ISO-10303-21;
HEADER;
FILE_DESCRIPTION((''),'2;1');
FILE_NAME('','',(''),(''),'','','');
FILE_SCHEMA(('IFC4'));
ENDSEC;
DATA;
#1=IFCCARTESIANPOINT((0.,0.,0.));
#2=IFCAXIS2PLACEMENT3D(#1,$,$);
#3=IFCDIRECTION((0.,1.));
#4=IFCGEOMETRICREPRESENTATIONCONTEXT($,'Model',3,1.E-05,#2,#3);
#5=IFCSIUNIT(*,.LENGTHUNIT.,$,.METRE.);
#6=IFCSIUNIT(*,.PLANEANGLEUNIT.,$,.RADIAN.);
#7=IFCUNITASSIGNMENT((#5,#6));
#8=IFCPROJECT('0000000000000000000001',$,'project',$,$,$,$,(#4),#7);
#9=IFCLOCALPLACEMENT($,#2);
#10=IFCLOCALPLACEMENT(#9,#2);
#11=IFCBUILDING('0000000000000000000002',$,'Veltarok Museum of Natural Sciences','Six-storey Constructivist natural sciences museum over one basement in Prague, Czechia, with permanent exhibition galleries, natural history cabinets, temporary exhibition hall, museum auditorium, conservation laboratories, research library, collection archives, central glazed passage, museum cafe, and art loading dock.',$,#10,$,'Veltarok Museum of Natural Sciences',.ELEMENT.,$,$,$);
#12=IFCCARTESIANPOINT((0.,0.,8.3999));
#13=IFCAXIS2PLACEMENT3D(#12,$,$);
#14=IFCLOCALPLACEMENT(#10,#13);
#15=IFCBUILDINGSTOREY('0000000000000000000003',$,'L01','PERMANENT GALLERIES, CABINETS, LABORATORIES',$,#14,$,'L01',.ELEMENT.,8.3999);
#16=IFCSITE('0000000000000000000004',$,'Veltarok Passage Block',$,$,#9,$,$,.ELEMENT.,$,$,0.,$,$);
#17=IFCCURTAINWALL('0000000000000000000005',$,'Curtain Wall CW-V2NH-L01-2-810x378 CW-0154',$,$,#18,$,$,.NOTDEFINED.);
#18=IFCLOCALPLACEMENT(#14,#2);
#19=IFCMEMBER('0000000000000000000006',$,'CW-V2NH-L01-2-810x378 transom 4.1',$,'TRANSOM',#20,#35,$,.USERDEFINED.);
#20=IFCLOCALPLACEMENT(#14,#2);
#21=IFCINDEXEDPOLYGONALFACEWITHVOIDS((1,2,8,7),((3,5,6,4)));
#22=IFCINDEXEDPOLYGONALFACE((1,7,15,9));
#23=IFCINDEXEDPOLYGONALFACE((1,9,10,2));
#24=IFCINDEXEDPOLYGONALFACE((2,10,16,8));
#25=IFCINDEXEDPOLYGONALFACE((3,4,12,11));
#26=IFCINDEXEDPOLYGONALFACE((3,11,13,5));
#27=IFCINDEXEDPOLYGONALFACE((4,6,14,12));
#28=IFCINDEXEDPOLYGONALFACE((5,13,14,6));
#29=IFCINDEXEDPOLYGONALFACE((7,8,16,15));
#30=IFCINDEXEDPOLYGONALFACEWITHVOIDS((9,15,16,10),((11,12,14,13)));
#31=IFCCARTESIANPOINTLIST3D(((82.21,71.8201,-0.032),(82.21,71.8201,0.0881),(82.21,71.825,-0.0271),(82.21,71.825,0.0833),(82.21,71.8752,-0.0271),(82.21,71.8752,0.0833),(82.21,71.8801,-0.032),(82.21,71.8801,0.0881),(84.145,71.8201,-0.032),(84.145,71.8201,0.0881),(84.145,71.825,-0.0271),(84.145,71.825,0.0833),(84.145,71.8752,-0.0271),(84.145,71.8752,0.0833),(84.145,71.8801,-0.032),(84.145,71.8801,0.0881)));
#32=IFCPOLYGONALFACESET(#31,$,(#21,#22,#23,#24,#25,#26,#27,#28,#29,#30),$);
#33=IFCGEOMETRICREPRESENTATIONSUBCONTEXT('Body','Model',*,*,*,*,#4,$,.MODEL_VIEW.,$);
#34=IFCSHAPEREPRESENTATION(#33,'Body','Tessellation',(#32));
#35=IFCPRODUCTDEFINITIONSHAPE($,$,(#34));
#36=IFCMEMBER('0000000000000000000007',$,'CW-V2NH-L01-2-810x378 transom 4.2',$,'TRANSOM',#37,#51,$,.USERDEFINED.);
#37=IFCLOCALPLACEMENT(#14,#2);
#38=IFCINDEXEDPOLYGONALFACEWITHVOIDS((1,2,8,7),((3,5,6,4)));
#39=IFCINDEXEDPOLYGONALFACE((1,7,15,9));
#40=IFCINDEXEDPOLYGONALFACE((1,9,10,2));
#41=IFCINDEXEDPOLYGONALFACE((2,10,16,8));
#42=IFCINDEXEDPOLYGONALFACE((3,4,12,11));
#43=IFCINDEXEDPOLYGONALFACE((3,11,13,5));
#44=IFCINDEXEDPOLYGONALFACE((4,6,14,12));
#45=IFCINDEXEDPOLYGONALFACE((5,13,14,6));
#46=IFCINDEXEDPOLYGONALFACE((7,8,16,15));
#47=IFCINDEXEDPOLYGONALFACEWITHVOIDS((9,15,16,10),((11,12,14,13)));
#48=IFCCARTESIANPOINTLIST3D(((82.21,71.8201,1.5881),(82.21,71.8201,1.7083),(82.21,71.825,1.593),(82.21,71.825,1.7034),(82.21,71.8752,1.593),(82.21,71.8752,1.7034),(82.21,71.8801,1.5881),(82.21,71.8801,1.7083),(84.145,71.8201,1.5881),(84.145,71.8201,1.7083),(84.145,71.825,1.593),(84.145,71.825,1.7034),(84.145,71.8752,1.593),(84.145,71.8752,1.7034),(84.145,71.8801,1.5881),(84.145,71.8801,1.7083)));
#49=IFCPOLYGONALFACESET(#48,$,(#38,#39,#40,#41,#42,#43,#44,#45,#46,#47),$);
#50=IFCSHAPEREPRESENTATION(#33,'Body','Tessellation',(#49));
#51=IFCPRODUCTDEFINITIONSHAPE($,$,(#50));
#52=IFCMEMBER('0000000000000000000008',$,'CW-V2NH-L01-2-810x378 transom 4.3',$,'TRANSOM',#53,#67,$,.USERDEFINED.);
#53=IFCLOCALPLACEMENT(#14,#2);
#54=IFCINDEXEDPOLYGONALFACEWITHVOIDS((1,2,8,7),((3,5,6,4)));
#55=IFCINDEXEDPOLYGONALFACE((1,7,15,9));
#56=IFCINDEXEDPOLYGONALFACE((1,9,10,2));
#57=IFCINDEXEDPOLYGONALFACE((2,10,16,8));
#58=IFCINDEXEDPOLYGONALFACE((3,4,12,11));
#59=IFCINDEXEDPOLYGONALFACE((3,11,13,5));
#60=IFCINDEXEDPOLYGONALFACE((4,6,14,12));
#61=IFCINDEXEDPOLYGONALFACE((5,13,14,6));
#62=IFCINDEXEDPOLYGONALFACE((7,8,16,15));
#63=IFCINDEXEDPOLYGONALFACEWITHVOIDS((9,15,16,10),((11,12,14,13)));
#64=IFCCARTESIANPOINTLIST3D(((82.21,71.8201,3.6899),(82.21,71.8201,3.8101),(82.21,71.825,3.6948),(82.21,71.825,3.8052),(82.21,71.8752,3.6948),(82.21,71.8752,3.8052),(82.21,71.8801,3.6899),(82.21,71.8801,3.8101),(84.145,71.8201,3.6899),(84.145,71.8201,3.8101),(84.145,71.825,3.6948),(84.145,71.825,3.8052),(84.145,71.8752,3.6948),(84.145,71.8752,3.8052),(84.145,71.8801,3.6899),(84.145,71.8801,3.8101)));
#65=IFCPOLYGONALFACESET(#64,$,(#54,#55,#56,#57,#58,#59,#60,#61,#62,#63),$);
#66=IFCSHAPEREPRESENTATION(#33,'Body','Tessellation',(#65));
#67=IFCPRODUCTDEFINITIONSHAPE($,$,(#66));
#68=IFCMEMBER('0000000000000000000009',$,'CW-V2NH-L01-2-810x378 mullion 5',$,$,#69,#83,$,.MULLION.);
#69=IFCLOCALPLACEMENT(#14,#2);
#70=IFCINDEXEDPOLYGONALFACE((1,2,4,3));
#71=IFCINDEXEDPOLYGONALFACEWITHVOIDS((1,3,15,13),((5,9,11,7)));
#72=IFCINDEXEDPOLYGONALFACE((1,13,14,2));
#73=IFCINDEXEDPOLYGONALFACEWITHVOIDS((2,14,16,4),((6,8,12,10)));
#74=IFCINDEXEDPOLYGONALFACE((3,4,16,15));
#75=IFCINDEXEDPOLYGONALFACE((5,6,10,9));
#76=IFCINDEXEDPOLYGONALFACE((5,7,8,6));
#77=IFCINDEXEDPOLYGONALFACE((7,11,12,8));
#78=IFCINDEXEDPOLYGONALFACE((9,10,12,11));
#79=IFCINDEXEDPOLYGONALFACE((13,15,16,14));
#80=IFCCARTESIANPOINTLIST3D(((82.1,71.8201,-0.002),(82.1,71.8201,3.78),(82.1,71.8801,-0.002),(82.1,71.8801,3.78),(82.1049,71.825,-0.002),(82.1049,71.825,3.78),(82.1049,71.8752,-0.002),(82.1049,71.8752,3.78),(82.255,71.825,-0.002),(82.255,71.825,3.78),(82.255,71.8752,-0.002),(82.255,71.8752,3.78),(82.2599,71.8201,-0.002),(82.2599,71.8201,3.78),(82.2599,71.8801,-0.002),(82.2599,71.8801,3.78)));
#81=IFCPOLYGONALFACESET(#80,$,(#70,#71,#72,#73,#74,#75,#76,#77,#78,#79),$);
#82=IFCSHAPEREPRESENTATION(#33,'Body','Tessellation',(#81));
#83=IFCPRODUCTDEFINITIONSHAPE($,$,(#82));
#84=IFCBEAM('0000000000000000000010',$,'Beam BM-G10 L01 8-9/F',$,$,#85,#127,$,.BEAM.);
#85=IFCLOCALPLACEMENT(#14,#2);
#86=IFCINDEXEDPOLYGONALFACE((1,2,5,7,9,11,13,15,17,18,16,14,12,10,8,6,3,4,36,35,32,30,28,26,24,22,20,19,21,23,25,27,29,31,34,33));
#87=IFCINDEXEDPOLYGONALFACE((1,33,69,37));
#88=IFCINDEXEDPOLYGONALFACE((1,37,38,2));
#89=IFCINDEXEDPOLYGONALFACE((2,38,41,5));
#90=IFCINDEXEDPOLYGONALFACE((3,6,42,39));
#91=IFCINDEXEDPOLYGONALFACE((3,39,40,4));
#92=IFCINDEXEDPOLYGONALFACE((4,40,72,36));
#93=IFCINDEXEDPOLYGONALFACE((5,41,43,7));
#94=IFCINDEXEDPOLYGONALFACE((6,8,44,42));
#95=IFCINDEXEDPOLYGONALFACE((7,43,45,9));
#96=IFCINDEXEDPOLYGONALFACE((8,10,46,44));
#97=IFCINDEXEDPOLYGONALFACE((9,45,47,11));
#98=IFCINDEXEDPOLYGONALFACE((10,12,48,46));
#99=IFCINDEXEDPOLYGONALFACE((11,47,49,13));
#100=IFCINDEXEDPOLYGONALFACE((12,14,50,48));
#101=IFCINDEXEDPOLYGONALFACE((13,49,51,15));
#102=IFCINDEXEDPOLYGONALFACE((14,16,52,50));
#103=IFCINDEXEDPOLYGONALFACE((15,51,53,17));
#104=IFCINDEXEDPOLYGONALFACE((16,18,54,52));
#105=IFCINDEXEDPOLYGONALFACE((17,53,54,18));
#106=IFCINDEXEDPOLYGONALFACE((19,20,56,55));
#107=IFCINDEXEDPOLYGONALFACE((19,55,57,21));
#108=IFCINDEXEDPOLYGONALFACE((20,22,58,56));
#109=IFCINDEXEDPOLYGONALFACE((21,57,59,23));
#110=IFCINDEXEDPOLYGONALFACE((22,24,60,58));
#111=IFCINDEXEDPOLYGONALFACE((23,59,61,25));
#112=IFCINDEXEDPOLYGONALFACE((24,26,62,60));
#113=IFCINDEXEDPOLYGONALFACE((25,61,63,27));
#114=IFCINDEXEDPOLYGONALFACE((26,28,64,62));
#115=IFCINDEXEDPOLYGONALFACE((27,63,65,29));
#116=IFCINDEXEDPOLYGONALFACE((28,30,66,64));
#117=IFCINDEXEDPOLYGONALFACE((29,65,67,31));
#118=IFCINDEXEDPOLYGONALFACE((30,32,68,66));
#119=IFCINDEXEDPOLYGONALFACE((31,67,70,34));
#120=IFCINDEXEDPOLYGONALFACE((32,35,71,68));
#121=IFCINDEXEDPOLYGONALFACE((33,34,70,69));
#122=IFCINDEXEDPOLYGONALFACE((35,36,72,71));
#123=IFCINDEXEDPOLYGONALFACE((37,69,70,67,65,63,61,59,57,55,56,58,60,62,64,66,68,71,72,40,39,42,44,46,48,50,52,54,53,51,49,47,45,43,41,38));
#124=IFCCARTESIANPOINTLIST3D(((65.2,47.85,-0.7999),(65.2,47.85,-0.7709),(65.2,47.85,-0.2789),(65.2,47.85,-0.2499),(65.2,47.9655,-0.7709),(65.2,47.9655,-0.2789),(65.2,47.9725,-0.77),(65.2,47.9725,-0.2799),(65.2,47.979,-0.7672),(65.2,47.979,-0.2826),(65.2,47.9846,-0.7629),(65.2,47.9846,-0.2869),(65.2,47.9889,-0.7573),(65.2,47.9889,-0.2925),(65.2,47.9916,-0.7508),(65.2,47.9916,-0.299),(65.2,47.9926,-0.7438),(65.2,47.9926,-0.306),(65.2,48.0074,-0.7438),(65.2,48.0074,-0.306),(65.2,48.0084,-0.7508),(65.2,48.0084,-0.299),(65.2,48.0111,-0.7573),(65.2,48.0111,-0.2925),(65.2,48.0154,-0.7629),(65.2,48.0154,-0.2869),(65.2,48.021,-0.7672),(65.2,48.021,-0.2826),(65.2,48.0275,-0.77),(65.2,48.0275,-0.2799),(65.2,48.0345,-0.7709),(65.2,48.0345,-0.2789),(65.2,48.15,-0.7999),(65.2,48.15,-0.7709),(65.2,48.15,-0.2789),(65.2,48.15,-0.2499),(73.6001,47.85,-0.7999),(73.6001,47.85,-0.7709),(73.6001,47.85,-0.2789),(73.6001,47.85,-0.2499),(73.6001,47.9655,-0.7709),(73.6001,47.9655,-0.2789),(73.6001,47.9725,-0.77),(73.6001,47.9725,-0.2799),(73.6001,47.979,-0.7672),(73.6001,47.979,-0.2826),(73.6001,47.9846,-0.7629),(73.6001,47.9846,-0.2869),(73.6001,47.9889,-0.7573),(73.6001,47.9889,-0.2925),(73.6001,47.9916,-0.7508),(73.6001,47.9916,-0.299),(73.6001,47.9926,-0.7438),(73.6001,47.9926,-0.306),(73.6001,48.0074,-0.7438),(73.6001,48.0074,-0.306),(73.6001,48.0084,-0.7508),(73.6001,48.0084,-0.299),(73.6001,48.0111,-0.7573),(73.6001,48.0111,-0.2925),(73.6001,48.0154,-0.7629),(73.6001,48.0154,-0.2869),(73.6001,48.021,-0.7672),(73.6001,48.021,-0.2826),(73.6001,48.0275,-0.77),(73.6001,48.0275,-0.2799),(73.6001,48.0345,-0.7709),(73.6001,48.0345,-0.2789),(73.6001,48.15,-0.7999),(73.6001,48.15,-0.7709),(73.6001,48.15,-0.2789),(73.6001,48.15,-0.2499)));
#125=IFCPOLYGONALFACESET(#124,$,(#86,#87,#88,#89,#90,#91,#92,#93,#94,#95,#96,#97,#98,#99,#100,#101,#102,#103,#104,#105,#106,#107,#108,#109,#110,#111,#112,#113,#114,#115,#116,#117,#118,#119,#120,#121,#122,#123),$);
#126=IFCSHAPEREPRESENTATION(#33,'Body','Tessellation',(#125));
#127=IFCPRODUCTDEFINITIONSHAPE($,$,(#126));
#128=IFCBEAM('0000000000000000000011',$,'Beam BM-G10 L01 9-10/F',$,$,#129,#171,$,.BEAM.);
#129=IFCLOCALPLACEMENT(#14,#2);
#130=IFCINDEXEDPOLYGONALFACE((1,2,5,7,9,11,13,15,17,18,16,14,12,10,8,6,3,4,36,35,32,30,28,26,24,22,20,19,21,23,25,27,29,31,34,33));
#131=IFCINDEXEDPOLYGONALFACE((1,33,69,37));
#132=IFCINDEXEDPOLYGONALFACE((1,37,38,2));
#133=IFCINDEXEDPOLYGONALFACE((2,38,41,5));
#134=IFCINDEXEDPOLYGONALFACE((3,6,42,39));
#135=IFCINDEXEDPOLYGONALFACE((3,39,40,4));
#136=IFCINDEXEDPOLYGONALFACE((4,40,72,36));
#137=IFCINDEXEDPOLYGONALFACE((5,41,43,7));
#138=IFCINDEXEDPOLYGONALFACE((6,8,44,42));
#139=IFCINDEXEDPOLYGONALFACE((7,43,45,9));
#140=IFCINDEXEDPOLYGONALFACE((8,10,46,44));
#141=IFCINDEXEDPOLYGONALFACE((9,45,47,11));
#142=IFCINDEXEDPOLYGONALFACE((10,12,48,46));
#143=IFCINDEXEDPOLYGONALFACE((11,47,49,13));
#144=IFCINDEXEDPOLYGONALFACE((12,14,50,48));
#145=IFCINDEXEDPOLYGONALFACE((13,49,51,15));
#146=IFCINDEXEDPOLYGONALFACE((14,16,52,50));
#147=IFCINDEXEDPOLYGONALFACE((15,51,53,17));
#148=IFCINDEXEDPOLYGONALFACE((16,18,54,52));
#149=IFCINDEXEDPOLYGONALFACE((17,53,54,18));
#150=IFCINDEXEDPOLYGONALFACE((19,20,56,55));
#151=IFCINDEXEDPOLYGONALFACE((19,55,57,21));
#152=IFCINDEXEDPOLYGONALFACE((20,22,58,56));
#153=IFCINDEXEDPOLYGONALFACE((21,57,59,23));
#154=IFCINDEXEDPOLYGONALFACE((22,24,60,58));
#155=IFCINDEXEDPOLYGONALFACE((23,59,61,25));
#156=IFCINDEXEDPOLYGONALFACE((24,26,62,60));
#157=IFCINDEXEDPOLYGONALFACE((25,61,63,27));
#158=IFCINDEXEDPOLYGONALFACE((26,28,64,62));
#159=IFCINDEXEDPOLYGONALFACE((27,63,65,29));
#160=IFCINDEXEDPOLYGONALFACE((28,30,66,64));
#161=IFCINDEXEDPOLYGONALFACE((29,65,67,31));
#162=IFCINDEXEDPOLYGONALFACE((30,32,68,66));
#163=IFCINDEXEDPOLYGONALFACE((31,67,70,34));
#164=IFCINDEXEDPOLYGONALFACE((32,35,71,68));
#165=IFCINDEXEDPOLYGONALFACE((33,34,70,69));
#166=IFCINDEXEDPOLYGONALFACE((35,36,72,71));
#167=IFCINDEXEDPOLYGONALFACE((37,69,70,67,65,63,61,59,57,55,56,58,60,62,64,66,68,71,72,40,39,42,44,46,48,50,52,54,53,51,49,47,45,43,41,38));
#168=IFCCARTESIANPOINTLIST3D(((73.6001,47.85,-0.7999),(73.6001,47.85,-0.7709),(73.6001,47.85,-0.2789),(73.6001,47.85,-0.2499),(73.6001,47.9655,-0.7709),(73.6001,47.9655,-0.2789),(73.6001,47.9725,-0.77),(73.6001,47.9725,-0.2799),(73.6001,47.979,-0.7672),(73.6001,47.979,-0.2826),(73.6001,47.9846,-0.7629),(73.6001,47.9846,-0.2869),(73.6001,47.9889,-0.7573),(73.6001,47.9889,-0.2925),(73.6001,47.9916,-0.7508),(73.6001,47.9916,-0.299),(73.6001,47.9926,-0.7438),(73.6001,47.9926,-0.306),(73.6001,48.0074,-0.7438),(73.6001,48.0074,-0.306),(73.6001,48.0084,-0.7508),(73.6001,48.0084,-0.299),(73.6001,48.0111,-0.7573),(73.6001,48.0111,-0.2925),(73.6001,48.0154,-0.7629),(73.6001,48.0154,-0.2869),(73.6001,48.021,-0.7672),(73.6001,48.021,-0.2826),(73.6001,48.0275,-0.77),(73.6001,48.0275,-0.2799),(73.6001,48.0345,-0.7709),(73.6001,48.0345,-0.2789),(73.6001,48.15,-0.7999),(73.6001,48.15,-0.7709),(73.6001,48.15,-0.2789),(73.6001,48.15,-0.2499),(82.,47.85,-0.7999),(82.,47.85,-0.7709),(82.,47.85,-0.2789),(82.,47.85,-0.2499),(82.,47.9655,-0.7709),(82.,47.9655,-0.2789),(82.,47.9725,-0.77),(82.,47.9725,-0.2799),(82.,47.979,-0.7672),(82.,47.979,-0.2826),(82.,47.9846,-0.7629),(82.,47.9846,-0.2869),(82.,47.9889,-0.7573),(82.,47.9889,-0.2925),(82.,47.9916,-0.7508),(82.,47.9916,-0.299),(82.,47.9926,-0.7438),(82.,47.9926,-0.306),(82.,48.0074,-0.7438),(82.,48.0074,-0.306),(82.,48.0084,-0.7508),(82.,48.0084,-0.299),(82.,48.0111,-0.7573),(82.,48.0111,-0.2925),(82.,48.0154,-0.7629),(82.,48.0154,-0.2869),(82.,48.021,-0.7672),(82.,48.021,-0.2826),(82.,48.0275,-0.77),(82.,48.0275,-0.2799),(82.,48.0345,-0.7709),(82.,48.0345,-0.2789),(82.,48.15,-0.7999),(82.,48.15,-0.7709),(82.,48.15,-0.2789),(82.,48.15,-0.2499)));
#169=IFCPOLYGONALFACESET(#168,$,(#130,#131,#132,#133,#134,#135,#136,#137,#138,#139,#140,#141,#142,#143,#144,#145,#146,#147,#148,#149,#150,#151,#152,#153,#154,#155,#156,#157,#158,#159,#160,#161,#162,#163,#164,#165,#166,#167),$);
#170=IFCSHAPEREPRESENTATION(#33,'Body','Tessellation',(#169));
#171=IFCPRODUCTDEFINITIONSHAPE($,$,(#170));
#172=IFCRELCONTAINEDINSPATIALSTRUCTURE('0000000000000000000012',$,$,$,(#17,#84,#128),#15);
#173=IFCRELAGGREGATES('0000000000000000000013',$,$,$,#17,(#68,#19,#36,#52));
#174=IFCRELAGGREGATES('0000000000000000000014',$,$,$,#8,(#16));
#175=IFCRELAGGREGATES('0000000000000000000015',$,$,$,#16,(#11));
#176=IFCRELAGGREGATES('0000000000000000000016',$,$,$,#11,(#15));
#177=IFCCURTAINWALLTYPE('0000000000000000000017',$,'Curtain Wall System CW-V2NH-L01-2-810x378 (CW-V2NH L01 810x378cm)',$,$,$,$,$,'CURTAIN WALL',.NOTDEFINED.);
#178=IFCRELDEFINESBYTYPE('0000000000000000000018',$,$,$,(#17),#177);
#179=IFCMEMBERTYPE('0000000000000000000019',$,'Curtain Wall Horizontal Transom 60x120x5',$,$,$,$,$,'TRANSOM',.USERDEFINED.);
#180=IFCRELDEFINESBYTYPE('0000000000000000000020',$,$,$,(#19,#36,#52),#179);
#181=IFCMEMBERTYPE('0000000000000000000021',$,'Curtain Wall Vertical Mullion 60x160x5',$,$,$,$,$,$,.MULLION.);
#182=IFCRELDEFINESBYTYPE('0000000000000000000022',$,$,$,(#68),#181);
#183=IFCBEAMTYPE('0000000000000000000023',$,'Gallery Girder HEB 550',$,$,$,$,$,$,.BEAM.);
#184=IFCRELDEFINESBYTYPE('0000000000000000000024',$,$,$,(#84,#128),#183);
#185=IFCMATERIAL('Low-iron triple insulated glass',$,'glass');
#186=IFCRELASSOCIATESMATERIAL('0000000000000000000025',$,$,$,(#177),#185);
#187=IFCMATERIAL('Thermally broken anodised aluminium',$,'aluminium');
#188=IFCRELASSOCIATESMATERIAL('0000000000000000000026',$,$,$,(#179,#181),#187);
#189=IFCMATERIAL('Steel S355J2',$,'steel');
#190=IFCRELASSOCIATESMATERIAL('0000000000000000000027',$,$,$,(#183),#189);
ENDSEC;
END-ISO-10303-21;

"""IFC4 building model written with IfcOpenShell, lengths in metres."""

from ifc_helpers import new_model, si_unit, direction, frame, origin, origin_2d, place, context, subcontext, project, spatial, hollow_rectangle, i_section, extrude, material, material_profile, profile_set, type_object, element, aggregate, save


model = new_model("IFC4")

# Units and contexts
model_context = context("Model", 3, precision=1e-05, world=origin(), true_north=direction((0.0, 1.0)))
body_context = subcontext(model_context, "Body", "Model", "MODEL_VIEW")
ifc_project = project(units=[si_unit("LENGTHUNIT", "METRE"), si_unit("PLANEANGLEUNIT", "RADIAN")], contexts=[model_context])

# Site, building, storey
site_placement = place(None, origin())
site = spatial("IfcSite", under=ifc_project, at=site_placement, Name="Veltarok Passage Block", CompositionType="ELEMENT", RefElevation=0.0)
building_placement = place(site_placement, origin())
building = spatial("IfcBuilding", under=site, at=building_placement, Name="Veltarok Museum of Natural Sciences", Description="Six-storey Constructivist natural sciences museum over one basement in Prague, Czechia, with permanent exhibition galleries, natural history cabinets, temporary exhibition hall, museum auditorium, conservation laboratories, research library, collection archives, central glazed passage, museum cafe, and art loading dock.", LongName="Veltarok Museum of Natural Sciences", CompositionType="ELEMENT")
storey_placement = place(building_placement, frame((0.0, 0.0, 8.3999)))
storey = spatial("IfcBuildingStorey", under=building, at=storey_placement, Name="L01", Description="PERMANENT GALLERIES, CABINETS, LABORATORIES", LongName="L01", CompositionType="ELEMENT", Elevation=8.3999)

# Shared definitions
ifc_material_1 = material(Name="Steel S355J2", Category="steel")

# Curtain wall, members
ifc_material_2 = material(Name="Low-iron triple insulated glass", Category="glass")
curtain_wall_type = type_object("IfcCurtainWallType", Name="Curtain Wall System CW-V2NH-L01-2-810x378 (CW-V2NH L01 810x378cm)", ElementType="CURTAIN WALL", PredefinedType="NOTDEFINED", material=ifc_material_2)
curtain_wall_placement = place(storey_placement, origin())
curtain_wall = element("IfcCurtainWall", 1, at=curtain_wall_placement, inside=storey, type_object=curtain_wall_type, Name="Curtain Wall CW-V2NH-L01-2-810x378 CW-0154", PredefinedType="NOTDEFINED")
ifc_material_3 = material(Name="Thermally broken anodised aluminium", Category="aluminium")
ifc_material_profile_1 = material_profile(ifc_material_3, hollow_rectangle(XDim=0.0601, YDim=0.1201, WallThickness=0.0049, at=origin_2d()), Name="CW TRANSOM 60x120x5")
ifc_profile_set_1 = profile_set([ifc_material_profile_1], Name="Thermally broken anodised aluminium")
member_type_1 = type_object("IfcMemberType", Name="Curtain Wall Horizontal Transom 60x120x5", ElementType="TRANSOM", PredefinedType="USERDEFINED", material=ifc_profile_set_1)
member_1_placement = place(storey_placement, frame((84.145, 71.8501, 0.0281), z_axis=(-1.0, 0.0, 0.0), x_axis=(0.0, -1.0, 0.0)))
member_1 = element("IfcMember", 2, at=member_1_placement, type_object=member_type_1, Name="CW-V2NH-L01-2-810x378 transom 4.1", ObjectType="TRANSOM", PredefinedType="USERDEFINED", context=body_context, shape_type="SweptSolid", body=[
    extrude(hollow_rectangle(XDim=0.0601, YDim=0.1201, WallThickness=0.0049, at=origin_2d()), origin(), (0.0, 0.0, 1.0), 1.9351),
])
member_2_placement = place(storey_placement, frame((84.145, 71.8501, 1.6482), z_axis=(-1.0, 0.0, 0.0), x_axis=(0.0, -1.0, 0.0)))
member_2 = element("IfcMember", 3, at=member_2_placement, type_object=member_type_1, Name="CW-V2NH-L01-2-810x378 transom 4.2", ObjectType="TRANSOM", PredefinedType="USERDEFINED", context=body_context, shape_type="SweptSolid", body=[
    extrude(hollow_rectangle(XDim=0.0601, YDim=0.1201, WallThickness=0.0049, at=origin_2d()), origin(), (0.0, 0.0, 1.0), 1.9351),
])
member_3_placement = place(storey_placement, frame((84.145, 71.8501, 3.75), z_axis=(-1.0, 0.0, 0.0), x_axis=(0.0, -1.0, 0.0)))
member_3 = element("IfcMember", 4, at=member_3_placement, type_object=member_type_1, Name="CW-V2NH-L01-2-810x378 transom 4.3", ObjectType="TRANSOM", PredefinedType="USERDEFINED", context=body_context, shape_type="SweptSolid", body=[
    extrude(hollow_rectangle(XDim=0.0601, YDim=0.1201, WallThickness=0.0049, at=origin_2d()), origin(), (0.0, 0.0, 1.0), 1.9351),
])
ifc_material_profile_2 = material_profile(ifc_material_3, hollow_rectangle(XDim=0.0601, YDim=0.1599, WallThickness=0.0049, at=origin_2d()), Name="CW MULLION 60x160x5")
ifc_profile_set_2 = profile_set([ifc_material_profile_2], Name="Thermally broken anodised aluminium")
member_type_2 = type_object("IfcMemberType", Name="Curtain Wall Vertical Mullion 60x160x5", PredefinedType="MULLION", material=ifc_profile_set_2)
member_4_placement = place(storey_placement, frame((82.1799, 71.8501, -0.002), z_axis=(0.0, 0.0, 1.0), x_axis=(0.0, -1.0, 0.0)))
member_4 = element("IfcMember", 5, at=member_4_placement, type_object=member_type_2, Name="CW-V2NH-L01-2-810x378 mullion 5", PredefinedType="MULLION", context=body_context, shape_type="SweptSolid", body=[
    extrude(hollow_rectangle(XDim=0.0601, YDim=0.1599, WallThickness=0.0049, at=origin_2d()), origin(), (0.0, 0.0, 1.0), 3.782),
])

# Beams
ifc_material_profile_3 = material_profile(ifc_material_1, i_section(OverallWidth=0.3, OverallDepth=0.55, WebThickness=0.0149, FlangeThickness=0.0291, FilletRadius=0.0271, at=origin_2d()), Name="HEB 550")
ifc_profile_set_3 = profile_set([ifc_material_profile_3], Name="Steel S355J2")
beam_type_1 = type_object("IfcBeamType", Name="Gallery Girder HEB 550", PredefinedType="BEAM", material=ifc_profile_set_3)
beam_1_placement = place(storey_placement, frame((65.2, 48.0, -0.5249), z_axis=(1.0, 0.0, 0.0), x_axis=(0.0, 1.0, 0.0)))
element("IfcBeam", 6, at=beam_1_placement, inside=storey, type_object=beam_type_1, Name="Beam BM-G10 L01 8-9/F", PredefinedType="BEAM", context=body_context, shape_type="SweptSolid", body=[
    extrude(i_section(OverallWidth=0.3, OverallDepth=0.55, WebThickness=0.0149, FlangeThickness=0.0291, FilletRadius=0.0271, at=origin_2d()), origin(), (0.0, 0.0, 1.0), 8.4001),
])
for number, where, z_axis, x_axis, name in (
    (7, (73.6001, 48.0, -0.5249), (1.0, 0.0, 0.0), (0.0, 1.0, 0.0), "Beam BM-G10 L01 9-10/F"),
):
    element("IfcBeam", number, at=place(storey_placement, frame(where, z_axis=z_axis, x_axis=x_axis)), inside=storey, type_object=beam_type_1, Name=name, PredefinedType="BEAM", context=body_context, shape_type="SweptSolid", body=[
        extrude(i_section(OverallWidth=0.3, OverallDepth=0.55, WebThickness=0.0149, FlangeThickness=0.0291, FilletRadius=0.0271, at=origin_2d()), origin(), (0.0, 0.0, 1.0), 8.3999),
    ])

aggregate(curtain_wall, [member_4, member_1, member_2, member_3])

save(model, "model.ifc")
